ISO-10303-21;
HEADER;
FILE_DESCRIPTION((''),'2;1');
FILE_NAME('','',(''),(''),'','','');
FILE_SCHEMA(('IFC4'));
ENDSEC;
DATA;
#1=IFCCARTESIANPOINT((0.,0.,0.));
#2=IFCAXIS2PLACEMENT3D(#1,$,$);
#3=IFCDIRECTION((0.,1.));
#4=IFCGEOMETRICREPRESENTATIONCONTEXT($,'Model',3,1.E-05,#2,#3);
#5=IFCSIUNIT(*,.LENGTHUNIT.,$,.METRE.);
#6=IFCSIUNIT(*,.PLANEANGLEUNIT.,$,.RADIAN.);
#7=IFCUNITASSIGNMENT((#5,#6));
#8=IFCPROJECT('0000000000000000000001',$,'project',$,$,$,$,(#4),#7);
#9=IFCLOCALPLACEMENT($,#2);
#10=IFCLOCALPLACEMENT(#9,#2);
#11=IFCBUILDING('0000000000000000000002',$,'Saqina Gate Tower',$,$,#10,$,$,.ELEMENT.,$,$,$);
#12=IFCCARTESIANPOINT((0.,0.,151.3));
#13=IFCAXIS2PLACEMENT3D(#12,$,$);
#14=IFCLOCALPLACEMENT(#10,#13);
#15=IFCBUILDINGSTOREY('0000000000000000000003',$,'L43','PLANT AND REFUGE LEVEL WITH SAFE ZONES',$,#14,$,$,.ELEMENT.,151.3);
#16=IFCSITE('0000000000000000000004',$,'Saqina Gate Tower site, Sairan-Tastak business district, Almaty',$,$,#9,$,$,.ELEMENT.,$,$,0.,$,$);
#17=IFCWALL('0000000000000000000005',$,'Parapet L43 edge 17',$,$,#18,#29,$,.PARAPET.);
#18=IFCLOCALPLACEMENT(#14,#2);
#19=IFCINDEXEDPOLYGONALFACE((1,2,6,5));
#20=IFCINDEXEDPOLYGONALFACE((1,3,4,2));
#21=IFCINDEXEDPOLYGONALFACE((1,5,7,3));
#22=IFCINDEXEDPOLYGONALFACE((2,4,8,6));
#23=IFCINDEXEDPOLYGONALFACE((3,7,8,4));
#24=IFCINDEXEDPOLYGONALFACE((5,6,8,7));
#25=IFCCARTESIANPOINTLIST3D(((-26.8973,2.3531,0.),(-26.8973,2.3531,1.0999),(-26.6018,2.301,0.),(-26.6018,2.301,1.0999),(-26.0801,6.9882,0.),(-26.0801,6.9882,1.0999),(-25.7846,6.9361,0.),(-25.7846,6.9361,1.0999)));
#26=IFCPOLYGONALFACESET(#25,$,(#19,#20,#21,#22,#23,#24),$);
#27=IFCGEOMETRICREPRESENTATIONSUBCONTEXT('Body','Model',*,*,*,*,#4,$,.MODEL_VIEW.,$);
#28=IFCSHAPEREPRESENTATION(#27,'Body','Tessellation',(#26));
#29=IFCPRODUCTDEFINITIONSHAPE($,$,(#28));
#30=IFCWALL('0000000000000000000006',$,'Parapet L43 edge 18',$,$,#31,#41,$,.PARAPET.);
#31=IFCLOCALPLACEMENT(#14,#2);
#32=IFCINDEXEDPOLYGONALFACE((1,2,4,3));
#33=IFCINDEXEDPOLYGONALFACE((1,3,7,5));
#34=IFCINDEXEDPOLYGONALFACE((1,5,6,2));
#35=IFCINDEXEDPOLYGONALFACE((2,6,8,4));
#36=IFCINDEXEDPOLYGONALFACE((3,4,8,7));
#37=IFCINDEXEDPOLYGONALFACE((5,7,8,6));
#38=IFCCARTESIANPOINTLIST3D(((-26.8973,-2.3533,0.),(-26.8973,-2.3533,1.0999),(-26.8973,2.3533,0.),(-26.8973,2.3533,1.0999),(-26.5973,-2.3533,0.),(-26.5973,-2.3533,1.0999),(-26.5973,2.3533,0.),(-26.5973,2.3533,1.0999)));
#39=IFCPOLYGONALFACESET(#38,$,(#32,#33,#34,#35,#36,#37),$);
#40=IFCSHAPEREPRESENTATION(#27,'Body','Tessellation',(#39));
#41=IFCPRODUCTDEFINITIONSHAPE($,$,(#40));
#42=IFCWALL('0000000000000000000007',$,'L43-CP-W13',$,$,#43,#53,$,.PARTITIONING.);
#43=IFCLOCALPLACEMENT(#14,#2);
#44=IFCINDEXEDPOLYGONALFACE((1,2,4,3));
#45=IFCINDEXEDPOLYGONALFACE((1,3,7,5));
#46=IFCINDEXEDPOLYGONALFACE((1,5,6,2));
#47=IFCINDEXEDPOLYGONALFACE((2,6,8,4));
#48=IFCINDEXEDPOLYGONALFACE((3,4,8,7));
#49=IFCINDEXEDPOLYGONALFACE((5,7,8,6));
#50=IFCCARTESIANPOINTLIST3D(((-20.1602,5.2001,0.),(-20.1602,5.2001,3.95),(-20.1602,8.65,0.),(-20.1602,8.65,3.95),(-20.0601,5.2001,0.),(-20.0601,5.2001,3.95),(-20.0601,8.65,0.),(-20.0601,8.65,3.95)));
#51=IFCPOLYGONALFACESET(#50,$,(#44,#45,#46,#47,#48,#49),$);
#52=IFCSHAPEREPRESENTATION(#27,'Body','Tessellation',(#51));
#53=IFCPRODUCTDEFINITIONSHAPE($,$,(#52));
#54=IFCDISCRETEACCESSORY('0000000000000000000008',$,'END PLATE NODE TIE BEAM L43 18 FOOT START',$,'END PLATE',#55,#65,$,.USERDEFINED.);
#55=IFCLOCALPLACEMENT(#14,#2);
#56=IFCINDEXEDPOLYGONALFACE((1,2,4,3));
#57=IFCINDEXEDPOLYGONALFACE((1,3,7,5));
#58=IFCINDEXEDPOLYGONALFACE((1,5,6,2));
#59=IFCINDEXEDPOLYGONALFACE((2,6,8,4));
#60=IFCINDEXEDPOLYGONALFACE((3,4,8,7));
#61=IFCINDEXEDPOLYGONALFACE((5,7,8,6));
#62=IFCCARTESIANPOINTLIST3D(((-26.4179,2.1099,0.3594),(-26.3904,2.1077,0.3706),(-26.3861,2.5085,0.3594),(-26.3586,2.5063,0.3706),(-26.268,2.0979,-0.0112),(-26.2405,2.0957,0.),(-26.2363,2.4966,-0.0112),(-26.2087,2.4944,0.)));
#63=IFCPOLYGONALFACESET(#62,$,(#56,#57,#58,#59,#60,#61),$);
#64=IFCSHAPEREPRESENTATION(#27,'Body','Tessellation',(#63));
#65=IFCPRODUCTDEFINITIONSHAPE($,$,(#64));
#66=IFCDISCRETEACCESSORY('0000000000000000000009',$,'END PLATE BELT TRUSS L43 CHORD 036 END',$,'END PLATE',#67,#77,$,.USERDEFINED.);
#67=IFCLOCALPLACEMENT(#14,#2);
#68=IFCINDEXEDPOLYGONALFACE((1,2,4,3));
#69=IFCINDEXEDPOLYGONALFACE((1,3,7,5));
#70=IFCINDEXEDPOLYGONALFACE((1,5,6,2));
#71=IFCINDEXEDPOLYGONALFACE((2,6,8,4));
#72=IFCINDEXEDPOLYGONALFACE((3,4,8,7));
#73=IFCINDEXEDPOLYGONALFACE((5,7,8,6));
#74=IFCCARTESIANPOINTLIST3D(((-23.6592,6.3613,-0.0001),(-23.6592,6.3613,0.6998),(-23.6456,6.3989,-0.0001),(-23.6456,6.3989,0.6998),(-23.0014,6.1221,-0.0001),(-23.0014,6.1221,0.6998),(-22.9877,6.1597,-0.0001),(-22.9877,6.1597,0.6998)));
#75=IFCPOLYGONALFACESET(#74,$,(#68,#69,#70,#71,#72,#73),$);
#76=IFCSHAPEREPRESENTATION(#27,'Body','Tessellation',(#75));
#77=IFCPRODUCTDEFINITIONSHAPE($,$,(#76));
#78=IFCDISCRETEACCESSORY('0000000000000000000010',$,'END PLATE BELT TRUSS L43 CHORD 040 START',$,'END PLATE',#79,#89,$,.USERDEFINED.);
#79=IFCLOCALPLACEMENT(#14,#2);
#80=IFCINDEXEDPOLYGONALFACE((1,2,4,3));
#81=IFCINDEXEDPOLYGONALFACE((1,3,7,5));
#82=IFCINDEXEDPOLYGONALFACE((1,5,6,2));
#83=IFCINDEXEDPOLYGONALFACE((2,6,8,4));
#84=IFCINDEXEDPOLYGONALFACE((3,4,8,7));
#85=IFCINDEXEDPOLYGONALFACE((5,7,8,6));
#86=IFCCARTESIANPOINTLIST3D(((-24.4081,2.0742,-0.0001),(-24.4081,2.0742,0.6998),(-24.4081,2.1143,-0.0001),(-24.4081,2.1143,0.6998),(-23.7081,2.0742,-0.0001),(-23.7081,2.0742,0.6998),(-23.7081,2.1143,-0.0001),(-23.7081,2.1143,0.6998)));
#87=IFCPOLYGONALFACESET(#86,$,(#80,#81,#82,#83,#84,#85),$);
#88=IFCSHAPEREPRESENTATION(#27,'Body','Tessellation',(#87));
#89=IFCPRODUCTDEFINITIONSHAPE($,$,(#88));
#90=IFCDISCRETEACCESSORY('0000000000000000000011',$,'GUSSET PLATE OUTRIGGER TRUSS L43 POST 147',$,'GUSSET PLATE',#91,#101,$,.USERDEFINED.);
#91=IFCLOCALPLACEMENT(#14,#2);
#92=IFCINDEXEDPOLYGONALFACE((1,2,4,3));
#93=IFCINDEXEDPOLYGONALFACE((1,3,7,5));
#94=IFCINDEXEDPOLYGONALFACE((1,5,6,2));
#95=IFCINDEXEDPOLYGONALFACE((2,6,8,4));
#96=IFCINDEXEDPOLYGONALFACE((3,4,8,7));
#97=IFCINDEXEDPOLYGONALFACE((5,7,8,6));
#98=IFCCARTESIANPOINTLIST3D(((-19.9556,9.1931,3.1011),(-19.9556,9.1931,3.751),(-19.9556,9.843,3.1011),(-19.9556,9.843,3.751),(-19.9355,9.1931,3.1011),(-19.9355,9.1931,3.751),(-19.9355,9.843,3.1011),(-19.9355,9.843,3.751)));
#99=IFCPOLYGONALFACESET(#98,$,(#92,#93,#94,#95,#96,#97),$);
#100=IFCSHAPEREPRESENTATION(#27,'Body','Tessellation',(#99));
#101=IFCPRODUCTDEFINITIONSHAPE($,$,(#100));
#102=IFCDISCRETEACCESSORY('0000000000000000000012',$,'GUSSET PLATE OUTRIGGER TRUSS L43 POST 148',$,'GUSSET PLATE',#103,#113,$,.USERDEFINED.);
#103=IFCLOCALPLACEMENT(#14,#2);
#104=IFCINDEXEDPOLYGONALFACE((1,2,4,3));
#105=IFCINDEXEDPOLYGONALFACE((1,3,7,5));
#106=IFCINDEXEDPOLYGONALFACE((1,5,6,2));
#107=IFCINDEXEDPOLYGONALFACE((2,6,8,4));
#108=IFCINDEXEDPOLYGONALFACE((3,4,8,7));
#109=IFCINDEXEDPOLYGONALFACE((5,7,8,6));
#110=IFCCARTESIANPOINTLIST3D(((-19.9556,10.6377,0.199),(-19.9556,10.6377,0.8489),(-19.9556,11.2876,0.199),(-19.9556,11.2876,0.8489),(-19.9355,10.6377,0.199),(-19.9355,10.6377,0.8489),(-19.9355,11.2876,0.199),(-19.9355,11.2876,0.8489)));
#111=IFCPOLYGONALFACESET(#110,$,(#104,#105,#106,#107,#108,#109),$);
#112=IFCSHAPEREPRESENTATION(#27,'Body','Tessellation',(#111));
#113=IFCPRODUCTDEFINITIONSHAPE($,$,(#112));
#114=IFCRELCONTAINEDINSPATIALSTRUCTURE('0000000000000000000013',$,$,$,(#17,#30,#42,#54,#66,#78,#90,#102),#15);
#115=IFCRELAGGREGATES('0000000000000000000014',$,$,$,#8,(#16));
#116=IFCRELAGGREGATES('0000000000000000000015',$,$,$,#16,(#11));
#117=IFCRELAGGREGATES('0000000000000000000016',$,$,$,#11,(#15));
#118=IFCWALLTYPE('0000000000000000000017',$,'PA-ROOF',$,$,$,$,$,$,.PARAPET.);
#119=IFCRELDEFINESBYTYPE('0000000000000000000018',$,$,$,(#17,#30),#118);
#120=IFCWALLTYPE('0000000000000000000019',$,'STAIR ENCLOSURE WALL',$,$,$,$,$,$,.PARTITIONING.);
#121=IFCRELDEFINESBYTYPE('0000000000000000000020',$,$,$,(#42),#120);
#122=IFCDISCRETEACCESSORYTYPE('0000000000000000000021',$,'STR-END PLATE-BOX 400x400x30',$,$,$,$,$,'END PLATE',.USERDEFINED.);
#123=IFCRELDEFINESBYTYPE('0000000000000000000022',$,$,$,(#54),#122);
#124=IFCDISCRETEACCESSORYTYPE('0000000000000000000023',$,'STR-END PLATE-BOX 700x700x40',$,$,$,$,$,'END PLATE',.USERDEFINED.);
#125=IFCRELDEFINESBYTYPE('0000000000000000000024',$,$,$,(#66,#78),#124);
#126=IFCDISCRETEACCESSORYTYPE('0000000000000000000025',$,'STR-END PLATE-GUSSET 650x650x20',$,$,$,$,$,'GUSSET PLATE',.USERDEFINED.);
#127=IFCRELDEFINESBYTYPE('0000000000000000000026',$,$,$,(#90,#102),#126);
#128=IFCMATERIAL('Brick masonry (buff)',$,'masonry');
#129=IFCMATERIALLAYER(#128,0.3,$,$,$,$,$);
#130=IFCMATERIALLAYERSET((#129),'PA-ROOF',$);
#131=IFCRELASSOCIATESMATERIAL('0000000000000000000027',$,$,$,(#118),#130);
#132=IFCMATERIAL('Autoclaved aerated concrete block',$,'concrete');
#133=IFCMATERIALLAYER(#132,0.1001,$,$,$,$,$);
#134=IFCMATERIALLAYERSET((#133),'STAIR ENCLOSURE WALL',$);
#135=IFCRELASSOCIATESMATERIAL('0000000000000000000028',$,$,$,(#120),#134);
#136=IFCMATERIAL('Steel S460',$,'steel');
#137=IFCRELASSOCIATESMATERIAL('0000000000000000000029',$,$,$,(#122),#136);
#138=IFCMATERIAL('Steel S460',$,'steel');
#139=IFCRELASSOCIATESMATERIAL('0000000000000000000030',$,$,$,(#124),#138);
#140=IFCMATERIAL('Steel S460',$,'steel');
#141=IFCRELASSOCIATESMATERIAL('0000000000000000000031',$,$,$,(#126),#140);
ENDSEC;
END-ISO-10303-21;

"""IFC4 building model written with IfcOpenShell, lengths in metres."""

from ifc_helpers import new_model, si_unit, direction, frame, frame_2d, origin, origin_2d, place, context, subcontext, project, spatial, rectangle, extrude, material, layer, layer_set, material_profile, profile_set, type_object, element, save


model = new_model("IFC4")

# Units and contexts
model_context = context("Model", 3, precision=1e-05, world=origin(), true_north=direction((0.0, 1.0)))
body_context = subcontext(model_context, "Body", "Model", "MODEL_VIEW")
ifc_project = project(units=[si_unit("LENGTHUNIT", "METRE"), si_unit("PLANEANGLEUNIT", "RADIAN")], contexts=[model_context])

# Site, building, storey
site_placement = place(None, origin())
site = spatial("IfcSite", under=ifc_project, at=site_placement, Name="Saqina Gate Tower site, Sairan-Tastak business district, Almaty", CompositionType="ELEMENT", RefElevation=0.0)
building_placement = place(site_placement, origin())
building = spatial("IfcBuilding", under=site, at=building_placement, Name="Saqina Gate Tower", CompositionType="ELEMENT")
storey_placement = place(building_placement, frame((0.0, 0.0, 151.3)))
storey = spatial("IfcBuildingStorey", under=building, at=storey_placement, Name="L43", Description="PLANT AND REFUGE LEVEL WITH SAFE ZONES", CompositionType="ELEMENT", Elevation=151.3)

# Walls
ifc_material_1 = material(Name="Brick masonry (buff)", Category="masonry")
ifc_layer_1 = layer(ifc_material_1, 0.3)
ifc_layer_set_1 = layer_set([ifc_layer_1], Name="PA-ROOF")
wall_type_1 = type_object("IfcWallType", Name="PA-ROOF", PredefinedType="PARAPET", material=ifc_layer_set_1)
for number, where, z_axis, x_axis, name in (
    (1, (-25.9324, 6.9622, 0.0), (0.0, 0.0, 1.0), (-0.17362, -0.984813, 0.0), "Parapet L43 edge 17"),
    (2, (-26.7473, 2.3533, 0.0), (0.0, 0.0, 1.0), (0.0, -1.0, 0.0), "Parapet L43 edge 18"),
):
    element("IfcWall", number, at=place(storey_placement, frame(where, z_axis=z_axis, x_axis=x_axis)), inside=storey, type_object=wall_type_1, Name=name, PredefinedType="PARAPET", context=body_context, shape_type="SweptSolid", body=[
        extrude(rectangle(XDim=4.7065, YDim=0.3, at=frame_2d((2.3533, 0.0))), origin(), (0.0, 0.0, 1.0), 1.0999),
    ])
ifc_material_2 = material(Name="Autoclaved aerated concrete block", Category="concrete")
ifc_layer_2 = layer(ifc_material_2, 0.1001)
ifc_layer_set_2 = layer_set([ifc_layer_2], Name="STAIR ENCLOSURE WALL")
wall_type_2 = type_object("IfcWallType", Name="STAIR ENCLOSURE WALL", PredefinedType="PARTITIONING", material=ifc_layer_set_2)
wall_1_placement = place(storey_placement, frame((-20.1101, 5.2, 0.0), z_axis=(0.0, 0.0, 1.0), x_axis=(0.0, 1.0, 0.0)))
element("IfcWall", 3, at=wall_1_placement, inside=storey, type_object=wall_type_2, Name="L43-CP-W13", PredefinedType="PARTITIONING", context=body_context, shape_type="SweptSolid", body=[
    extrude(rectangle(XDim=3.45, YDim=0.1001, at=frame_2d((1.7251, 0.0))), origin(), (0.0, 0.0, 1.0), 3.95),
])

# Discrete accessories
ifc_material_3 = material(Name="Steel S460", Category="steel")
ifc_material_profile_1 = material_profile(ifc_material_3, rectangle(XDim=0.3999, YDim=0.3999, at=origin_2d()), Name="STR-END PLATE-BOX 400x400x30")
ifc_profile_set_1 = profile_set([ifc_material_profile_1], Name="Steel S460")
discrete_accessory_type_1 = type_object("IfcDiscreteAccessoryType", Name="STR-END PLATE-BOX 400x400x30", ElementType="END PLATE", PredefinedType="USERDEFINED", material=ifc_profile_set_1)
discrete_accessory_placement = place(storey_placement, frame((-26.2996, 2.301, 0.1853), z_axis=(-0.923689, 0.073568, -0.376015), x_axis=(0.079395, 0.996843, 0.0)))
element("IfcDiscreteAccessory", 4, at=discrete_accessory_placement, inside=storey, type_object=discrete_accessory_type_1, Name="END PLATE NODE TIE BEAM L43 18 FOOT START", ObjectType="END PLATE", PredefinedType="USERDEFINED", context=body_context, shape_type="SweptSolid", body=[
    extrude(rectangle(XDim=0.3999, YDim=0.3999, at=origin_2d()), origin(), (0.0, 0.0, 1.0), 0.0298),
])
ifc_material_4 = material(Name="Steel S460", Category="steel")
ifc_material_profile_2 = material_profile(ifc_material_4, rectangle(XDim=0.7, YDim=0.7, at=origin_2d()), Name="STR-END PLATE-BOX 700x700x40")
ifc_profile_set_2 = profile_set([ifc_material_profile_2], Name="Steel S460")
discrete_accessory_type_2 = type_object("IfcDiscreteAccessoryType", Name="STR-END PLATE-BOX 700x700x40", ElementType="END PLATE", PredefinedType="USERDEFINED", material=ifc_profile_set_2)
for number, where, z_axis, x_axis, name in (
    (5, (-23.3167, 6.2793, 0.3499), (-0.341743, -0.939793, 0.0), (0.939793, -0.341743, 0.0), "END PLATE BELT TRUSS L43 CHORD 036 END"),
    (6, (-24.0581, 2.0742, 0.3499), (0.0, 1.0, 0.0), (1.0, 0.0, 0.0), "END PLATE BELT TRUSS L43 CHORD 040 START"),
):
    element("IfcDiscreteAccessory", number, at=place(storey_placement, frame(where, z_axis=z_axis, x_axis=x_axis)), inside=storey, type_object=discrete_accessory_type_2, Name=name, ObjectType="END PLATE", PredefinedType="USERDEFINED", context=body_context, shape_type="SweptSolid", body=[
        extrude(rectangle(XDim=0.7, YDim=0.7, at=origin_2d()), origin(), (0.0, 0.0, 1.0), 0.04),
    ])
ifc_material_5 = material(Name="Steel S460", Category="steel")
ifc_material_profile_3 = material_profile(ifc_material_5, rectangle(XDim=0.6499, YDim=0.6499, at=origin_2d()), Name="STR-END PLATE-GUSSET 650x650x20")
ifc_profile_set_3 = profile_set([ifc_material_profile_3], Name="Steel S460")
discrete_accessory_type_3 = type_object("IfcDiscreteAccessoryType", Name="STR-END PLATE-GUSSET 650x650x20", ElementType="GUSSET PLATE", PredefinedType="USERDEFINED", material=ifc_profile_set_3)
for number, where, z_axis, x_axis, name in (
    (7, (-19.9355, 9.5181, 3.426), (-1.0, 0.0, 0.0), (0.0, -1.0, 0.0), "GUSSET PLATE OUTRIGGER TRUSS L43 POST 147"),
    (8, (-19.9355, 10.9626, 0.5239), (-1.0, 0.0, 0.0), (0.0, -1.0, 0.0), "GUSSET PLATE OUTRIGGER TRUSS L43 POST 148"),
):
    element("IfcDiscreteAccessory", number, at=place(storey_placement, frame(where, z_axis=z_axis, x_axis=x_axis)), inside=storey, type_object=discrete_accessory_type_3, Name=name, ObjectType="GUSSET PLATE", PredefinedType="USERDEFINED", context=body_context, shape_type="SweptSolid", body=[
        extrude(rectangle(XDim=0.6499, YDim=0.6499, at=origin_2d()), origin(), (0.0, 0.0, 1.0), 0.02),
    ])

save(model, "model.ifc")
